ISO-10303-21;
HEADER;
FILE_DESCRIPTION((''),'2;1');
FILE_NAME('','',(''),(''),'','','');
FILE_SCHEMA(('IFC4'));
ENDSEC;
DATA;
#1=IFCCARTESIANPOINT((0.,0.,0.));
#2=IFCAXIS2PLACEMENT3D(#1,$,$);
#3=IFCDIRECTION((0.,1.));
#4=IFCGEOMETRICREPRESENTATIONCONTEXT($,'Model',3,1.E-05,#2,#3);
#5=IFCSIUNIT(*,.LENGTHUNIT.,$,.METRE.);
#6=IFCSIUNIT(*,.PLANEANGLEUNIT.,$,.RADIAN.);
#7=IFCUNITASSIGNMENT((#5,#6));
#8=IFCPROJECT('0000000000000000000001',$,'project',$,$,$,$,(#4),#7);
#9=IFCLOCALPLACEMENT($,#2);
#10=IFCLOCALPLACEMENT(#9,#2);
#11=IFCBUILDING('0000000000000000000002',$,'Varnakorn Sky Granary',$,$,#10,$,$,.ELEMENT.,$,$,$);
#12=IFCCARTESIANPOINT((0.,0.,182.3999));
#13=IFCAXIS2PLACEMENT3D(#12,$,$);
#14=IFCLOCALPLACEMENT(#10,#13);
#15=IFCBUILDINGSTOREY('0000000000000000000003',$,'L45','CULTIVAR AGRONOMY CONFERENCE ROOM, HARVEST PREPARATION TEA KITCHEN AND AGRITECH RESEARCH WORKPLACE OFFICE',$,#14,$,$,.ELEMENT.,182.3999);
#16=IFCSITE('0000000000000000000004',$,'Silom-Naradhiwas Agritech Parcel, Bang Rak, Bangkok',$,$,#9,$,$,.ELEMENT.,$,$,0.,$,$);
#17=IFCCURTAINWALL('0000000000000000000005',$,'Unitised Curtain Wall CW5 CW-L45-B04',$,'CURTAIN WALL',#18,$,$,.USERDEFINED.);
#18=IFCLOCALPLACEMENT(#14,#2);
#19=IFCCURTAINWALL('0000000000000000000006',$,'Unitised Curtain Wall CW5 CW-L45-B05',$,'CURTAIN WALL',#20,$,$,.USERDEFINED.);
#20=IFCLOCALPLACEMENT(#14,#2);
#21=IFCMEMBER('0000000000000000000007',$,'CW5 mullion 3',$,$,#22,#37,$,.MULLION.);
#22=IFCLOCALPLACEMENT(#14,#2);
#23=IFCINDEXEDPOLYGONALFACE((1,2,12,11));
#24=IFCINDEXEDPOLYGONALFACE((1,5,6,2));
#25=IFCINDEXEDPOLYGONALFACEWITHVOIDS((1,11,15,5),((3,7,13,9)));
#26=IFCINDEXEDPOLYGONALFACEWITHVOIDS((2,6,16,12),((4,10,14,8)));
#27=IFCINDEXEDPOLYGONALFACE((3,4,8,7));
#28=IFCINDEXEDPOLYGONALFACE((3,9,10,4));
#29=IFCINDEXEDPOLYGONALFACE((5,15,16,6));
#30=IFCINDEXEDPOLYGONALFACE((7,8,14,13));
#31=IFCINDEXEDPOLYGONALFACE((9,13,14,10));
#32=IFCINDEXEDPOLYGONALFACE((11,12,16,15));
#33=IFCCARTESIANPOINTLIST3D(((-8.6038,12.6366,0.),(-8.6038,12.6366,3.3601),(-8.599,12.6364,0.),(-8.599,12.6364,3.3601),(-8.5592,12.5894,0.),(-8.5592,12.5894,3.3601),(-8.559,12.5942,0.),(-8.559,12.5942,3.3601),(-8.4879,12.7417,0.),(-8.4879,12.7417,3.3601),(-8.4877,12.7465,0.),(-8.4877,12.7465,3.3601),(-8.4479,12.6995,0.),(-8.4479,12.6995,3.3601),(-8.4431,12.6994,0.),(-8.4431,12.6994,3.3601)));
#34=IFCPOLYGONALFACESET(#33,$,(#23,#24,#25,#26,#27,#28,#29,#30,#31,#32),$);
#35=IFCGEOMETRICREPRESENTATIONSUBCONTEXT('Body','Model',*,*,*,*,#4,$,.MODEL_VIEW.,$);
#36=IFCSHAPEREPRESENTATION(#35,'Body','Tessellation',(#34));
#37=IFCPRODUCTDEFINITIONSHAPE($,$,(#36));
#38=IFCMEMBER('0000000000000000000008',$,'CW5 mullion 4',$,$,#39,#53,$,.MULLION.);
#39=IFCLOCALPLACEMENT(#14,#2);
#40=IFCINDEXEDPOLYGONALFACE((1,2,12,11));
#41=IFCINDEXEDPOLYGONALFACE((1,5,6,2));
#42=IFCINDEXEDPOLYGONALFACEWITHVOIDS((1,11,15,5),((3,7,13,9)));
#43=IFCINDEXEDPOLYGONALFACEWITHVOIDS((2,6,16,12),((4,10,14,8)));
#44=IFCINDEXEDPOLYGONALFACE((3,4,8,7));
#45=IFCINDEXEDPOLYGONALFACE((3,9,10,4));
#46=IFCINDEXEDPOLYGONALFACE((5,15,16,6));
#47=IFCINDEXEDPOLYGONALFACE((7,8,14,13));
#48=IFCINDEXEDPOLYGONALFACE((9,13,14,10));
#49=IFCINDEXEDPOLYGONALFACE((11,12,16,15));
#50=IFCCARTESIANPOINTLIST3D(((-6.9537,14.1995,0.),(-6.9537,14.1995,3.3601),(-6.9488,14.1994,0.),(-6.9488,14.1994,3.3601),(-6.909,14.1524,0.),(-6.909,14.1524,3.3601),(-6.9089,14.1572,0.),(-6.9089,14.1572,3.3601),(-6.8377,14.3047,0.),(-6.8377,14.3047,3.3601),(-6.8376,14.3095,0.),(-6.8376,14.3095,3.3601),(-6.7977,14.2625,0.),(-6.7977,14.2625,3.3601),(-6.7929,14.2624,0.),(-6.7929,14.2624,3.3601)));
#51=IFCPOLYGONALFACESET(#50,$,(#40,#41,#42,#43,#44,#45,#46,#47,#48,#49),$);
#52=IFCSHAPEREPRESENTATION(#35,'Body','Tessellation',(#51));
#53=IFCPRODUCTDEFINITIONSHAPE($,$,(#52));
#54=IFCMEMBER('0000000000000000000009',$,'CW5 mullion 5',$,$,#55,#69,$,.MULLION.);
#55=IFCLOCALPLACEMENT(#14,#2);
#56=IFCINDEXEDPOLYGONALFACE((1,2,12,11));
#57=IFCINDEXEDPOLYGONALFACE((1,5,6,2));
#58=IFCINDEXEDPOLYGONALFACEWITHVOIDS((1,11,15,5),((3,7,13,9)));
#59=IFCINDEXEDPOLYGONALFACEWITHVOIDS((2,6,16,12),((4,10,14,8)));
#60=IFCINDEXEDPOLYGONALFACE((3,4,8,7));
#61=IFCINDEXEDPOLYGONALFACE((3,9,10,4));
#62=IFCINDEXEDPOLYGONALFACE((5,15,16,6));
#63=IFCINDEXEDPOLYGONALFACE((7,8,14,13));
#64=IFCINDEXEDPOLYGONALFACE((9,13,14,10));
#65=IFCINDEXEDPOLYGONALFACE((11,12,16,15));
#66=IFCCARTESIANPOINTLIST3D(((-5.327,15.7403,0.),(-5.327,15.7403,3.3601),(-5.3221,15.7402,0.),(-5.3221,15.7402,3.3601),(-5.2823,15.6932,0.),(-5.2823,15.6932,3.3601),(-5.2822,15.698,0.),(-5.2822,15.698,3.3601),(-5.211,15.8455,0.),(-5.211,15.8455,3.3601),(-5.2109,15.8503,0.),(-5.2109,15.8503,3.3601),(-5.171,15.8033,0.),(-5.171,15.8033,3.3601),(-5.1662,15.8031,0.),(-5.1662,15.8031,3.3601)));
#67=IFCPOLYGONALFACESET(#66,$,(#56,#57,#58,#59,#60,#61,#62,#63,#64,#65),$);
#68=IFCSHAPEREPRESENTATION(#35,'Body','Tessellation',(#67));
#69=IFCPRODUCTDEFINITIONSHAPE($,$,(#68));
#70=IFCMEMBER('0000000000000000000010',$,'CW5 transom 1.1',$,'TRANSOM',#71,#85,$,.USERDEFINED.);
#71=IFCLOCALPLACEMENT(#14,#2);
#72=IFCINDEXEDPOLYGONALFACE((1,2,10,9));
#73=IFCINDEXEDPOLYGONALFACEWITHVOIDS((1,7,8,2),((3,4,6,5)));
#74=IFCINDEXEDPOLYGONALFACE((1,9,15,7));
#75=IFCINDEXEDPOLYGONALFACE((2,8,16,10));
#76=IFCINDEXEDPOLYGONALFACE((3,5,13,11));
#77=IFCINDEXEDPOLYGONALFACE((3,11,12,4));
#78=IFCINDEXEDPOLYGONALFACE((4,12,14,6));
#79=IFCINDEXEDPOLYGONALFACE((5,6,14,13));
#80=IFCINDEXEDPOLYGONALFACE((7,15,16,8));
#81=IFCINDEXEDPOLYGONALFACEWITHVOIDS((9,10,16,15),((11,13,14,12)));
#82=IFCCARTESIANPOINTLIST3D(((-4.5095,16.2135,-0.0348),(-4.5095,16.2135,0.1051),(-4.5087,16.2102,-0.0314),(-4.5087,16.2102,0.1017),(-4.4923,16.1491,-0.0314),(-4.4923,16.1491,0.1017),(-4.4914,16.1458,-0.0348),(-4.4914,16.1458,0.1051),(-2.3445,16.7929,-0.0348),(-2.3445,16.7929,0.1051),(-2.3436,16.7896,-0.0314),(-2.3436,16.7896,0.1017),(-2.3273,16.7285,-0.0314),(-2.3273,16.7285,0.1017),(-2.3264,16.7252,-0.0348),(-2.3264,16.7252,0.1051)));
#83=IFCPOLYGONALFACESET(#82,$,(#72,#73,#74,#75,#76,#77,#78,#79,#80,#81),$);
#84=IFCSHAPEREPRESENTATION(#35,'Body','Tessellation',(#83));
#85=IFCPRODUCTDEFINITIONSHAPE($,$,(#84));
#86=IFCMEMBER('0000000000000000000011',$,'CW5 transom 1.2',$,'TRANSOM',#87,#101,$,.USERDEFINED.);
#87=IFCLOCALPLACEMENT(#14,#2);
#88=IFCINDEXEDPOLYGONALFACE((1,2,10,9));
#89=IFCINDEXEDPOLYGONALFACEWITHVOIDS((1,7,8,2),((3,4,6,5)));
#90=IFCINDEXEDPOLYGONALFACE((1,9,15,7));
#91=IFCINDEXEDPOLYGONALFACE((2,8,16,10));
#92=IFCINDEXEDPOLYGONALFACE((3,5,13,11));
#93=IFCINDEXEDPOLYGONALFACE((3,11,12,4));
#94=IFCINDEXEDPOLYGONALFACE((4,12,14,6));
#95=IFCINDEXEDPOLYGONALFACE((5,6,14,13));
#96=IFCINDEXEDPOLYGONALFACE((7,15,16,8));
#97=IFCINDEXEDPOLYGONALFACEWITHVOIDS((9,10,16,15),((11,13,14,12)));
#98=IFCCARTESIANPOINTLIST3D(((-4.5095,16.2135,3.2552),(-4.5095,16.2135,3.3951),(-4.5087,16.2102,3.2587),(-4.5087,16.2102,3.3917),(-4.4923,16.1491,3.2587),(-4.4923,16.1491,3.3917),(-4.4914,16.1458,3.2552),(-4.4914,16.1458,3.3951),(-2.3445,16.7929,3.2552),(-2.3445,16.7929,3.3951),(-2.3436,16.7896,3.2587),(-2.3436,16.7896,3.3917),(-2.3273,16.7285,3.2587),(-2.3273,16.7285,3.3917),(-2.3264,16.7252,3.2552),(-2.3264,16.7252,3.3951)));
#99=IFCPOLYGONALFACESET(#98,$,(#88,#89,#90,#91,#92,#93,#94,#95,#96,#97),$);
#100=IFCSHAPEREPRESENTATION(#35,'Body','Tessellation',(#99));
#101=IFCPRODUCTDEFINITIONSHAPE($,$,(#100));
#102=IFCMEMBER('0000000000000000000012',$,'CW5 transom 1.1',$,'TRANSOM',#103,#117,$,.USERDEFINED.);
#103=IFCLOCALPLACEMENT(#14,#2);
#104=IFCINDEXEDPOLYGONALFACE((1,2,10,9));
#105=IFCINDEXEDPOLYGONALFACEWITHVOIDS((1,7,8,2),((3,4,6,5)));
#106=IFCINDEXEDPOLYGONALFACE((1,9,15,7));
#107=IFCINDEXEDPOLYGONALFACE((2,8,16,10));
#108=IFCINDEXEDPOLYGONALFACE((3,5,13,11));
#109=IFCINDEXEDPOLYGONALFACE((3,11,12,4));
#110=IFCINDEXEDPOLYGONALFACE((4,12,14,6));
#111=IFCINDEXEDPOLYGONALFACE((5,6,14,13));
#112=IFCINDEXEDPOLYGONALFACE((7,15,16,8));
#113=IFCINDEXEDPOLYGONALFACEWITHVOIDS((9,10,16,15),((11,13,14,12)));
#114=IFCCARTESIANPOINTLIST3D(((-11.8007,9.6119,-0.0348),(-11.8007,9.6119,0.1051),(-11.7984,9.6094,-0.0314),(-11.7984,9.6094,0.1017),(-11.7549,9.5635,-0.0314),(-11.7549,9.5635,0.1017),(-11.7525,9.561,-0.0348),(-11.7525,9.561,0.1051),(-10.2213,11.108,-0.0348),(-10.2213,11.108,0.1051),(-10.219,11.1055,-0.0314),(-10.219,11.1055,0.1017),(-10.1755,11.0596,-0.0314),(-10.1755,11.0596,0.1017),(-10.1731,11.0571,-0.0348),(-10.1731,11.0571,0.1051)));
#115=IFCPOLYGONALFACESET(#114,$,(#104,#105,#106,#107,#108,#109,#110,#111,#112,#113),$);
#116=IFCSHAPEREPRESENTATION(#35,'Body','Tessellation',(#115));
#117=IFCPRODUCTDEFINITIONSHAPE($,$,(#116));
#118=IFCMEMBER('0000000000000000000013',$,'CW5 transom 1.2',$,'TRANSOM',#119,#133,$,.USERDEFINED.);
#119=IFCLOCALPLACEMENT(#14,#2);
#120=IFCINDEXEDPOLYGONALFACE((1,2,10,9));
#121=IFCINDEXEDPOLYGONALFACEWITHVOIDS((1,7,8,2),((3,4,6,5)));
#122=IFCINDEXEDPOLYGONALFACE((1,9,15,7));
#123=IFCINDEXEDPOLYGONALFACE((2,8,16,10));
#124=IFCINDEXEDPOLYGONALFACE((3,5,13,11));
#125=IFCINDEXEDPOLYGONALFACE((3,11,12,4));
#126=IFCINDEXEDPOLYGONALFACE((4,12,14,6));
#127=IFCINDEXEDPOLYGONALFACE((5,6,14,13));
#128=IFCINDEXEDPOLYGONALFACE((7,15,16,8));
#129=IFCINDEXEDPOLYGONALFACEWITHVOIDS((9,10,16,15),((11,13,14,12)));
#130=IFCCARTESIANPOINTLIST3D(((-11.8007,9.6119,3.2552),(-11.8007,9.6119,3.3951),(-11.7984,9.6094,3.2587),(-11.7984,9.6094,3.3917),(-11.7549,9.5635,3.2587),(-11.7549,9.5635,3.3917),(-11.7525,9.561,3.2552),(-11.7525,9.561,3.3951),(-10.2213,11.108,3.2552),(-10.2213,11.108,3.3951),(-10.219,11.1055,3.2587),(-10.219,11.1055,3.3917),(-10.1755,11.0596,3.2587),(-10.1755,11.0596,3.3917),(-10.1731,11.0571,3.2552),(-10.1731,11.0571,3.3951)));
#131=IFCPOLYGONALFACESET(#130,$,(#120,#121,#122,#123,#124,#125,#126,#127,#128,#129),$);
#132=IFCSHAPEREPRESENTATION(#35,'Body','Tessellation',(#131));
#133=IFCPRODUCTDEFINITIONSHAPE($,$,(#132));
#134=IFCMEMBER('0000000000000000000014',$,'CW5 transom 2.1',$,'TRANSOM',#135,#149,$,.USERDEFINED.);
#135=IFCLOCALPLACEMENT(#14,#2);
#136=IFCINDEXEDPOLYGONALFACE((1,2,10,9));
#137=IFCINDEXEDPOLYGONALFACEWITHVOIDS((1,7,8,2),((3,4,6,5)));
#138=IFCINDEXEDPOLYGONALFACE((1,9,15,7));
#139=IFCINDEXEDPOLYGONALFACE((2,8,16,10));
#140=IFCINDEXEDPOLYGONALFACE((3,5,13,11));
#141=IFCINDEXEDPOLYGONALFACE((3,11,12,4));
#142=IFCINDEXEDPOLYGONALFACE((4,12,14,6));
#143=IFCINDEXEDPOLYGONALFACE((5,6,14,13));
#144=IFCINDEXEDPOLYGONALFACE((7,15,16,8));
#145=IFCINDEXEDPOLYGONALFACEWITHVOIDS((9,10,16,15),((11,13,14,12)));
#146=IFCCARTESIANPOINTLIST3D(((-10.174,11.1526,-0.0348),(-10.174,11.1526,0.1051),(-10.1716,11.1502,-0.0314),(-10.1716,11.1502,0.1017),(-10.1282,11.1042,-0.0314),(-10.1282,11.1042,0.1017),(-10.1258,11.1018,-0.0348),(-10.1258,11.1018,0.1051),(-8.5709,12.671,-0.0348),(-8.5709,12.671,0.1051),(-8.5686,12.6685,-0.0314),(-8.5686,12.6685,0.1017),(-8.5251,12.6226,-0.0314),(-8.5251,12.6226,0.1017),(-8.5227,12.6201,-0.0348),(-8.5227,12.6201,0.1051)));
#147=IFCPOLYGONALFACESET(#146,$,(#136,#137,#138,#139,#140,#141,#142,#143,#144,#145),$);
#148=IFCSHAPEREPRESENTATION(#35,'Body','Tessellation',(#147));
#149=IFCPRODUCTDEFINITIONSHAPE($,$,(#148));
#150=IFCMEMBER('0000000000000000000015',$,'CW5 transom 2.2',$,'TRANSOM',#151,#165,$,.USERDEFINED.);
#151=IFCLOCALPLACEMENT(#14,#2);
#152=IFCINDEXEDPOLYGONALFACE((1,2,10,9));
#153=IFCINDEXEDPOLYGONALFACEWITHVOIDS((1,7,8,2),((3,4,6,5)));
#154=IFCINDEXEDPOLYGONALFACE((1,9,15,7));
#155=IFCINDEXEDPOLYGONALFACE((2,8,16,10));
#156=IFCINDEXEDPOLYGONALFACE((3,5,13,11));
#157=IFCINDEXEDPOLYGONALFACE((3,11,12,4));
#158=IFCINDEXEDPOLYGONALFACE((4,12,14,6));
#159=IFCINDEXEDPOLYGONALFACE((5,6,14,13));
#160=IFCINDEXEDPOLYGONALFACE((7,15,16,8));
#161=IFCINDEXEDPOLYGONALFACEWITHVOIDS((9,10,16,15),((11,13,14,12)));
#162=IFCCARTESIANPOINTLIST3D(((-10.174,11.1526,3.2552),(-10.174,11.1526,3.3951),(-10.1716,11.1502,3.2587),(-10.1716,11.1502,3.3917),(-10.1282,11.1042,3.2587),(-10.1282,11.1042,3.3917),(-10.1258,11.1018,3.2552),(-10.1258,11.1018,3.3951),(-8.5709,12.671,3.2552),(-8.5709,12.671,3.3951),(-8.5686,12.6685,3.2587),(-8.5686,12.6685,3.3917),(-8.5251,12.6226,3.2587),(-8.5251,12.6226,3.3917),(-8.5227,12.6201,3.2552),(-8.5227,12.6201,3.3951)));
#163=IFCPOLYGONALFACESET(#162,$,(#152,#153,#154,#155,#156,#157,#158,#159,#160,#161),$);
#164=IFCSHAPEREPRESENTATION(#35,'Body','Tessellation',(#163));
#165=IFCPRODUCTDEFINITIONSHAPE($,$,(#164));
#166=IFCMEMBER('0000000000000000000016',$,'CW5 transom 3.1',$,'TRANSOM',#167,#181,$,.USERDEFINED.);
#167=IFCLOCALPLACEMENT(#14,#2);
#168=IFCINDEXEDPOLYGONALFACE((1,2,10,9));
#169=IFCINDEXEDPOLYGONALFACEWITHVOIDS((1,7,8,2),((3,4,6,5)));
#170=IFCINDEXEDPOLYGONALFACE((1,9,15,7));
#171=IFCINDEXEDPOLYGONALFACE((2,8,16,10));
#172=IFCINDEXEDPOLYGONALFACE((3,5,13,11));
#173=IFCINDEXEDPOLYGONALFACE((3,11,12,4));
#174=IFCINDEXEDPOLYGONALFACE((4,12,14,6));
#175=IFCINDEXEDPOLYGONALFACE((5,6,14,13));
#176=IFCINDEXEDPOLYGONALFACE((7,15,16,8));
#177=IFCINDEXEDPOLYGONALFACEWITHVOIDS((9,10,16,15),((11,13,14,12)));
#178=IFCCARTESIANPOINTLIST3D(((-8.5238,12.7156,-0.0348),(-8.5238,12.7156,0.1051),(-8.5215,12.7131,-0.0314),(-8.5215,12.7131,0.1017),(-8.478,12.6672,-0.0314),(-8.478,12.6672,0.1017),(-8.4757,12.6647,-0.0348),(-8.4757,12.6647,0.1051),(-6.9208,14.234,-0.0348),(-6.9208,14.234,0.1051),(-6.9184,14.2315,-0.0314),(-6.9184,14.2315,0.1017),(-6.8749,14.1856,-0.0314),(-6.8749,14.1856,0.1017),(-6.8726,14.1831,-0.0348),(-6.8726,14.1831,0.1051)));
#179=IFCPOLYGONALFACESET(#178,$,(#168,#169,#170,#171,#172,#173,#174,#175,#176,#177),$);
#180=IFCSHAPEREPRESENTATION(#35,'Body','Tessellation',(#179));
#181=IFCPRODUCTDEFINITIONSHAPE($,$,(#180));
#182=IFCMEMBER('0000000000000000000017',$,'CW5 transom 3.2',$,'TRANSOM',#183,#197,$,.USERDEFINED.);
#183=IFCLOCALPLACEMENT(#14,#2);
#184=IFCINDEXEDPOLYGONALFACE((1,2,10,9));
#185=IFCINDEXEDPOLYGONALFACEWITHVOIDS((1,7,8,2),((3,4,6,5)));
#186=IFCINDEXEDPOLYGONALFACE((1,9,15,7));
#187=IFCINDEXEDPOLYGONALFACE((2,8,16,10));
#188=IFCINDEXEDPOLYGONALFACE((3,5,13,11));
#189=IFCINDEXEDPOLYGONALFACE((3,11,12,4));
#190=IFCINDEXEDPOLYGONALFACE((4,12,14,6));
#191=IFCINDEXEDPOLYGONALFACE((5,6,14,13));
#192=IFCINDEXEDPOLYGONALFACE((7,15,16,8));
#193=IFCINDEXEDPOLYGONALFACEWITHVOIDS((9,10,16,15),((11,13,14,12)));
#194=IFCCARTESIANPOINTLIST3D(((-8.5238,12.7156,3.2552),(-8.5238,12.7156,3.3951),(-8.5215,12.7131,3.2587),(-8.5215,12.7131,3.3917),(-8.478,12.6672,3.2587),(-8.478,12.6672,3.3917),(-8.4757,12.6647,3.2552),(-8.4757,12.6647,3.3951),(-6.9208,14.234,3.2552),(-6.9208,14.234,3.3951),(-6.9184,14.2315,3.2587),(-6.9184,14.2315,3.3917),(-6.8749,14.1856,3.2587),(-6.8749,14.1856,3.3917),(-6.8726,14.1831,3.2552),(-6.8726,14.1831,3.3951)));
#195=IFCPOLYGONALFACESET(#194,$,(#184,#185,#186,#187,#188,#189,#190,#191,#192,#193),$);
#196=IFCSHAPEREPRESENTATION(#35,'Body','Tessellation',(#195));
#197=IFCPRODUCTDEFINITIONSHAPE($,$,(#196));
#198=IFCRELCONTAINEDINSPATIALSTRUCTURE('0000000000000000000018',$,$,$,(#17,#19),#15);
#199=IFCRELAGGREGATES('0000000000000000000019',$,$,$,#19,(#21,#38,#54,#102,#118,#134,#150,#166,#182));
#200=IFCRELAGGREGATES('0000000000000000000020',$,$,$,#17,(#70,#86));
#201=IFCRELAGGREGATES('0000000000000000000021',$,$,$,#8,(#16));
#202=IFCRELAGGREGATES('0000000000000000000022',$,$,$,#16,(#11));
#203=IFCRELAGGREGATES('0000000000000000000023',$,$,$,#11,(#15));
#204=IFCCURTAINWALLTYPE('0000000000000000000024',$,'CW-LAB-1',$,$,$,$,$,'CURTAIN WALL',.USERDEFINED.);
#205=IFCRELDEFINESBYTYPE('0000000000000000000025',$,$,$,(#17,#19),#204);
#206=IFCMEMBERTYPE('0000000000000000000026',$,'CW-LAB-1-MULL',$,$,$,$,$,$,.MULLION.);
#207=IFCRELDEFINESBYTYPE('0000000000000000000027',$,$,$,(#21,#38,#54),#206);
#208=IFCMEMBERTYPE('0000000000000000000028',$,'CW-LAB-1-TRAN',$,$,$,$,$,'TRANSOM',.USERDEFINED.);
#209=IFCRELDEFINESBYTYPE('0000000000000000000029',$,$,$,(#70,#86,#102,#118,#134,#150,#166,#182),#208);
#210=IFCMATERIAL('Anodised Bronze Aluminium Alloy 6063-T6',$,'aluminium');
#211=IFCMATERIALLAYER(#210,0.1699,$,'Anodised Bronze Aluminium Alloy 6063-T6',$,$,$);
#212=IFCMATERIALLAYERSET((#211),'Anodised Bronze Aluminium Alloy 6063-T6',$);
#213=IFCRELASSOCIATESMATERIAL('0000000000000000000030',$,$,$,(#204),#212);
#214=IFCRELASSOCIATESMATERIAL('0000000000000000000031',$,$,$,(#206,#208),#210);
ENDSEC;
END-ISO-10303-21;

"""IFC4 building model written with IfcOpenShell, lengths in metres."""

from ifc_helpers import new_model, si_unit, direction, frame, origin, origin_2d, place, context, subcontext, project, spatial, hollow_rectangle, extrude, material, layer, layer_set, material_profile, profile_set, type_object, element, aggregate, save


model = new_model("IFC4")

# Units and contexts
model_context = context("Model", 3, precision=1e-05, world=origin(), true_north=direction((0.0, 1.0)))
body_context = subcontext(model_context, "Body", "Model", "MODEL_VIEW")
ifc_project = project(units=[si_unit("LENGTHUNIT", "METRE"), si_unit("PLANEANGLEUNIT", "RADIAN")], contexts=[model_context])

# Site, building, storey
site_placement = place(None, origin())
site = spatial("IfcSite", under=ifc_project, at=site_placement, Name="Silom-Naradhiwas Agritech Parcel, Bang Rak, Bangkok", CompositionType="ELEMENT", RefElevation=0.0)
building_placement = place(site_placement, origin())
building = spatial("IfcBuilding", under=site, at=building_placement, Name="Varnakorn Sky Granary", CompositionType="ELEMENT")
storey_placement = place(building_placement, frame((0.0, 0.0, 182.3999)))
storey = spatial("IfcBuildingStorey", under=building, at=storey_placement, Name="L45", Description="CULTIVAR AGRONOMY CONFERENCE ROOM, HARVEST PREPARATION TEA KITCHEN AND AGRITECH RESEARCH WORKPLACE OFFICE", CompositionType="ELEMENT", Elevation=182.3999)

# Curtain wall
ifc_material_1 = material(Name="Anodised Bronze Aluminium Alloy 6063-T6", Category="aluminium")
ifc_layer_1 = layer(ifc_material_1, 0.1699, Name="Anodised Bronze Aluminium Alloy 6063-T6")
ifc_layer_set_1 = layer_set([ifc_layer_1], Name="Anodised Bronze Aluminium Alloy 6063-T6")
curtain_wall_type = type_object("IfcCurtainWallType", Name="CW-LAB-1", ElementType="CURTAIN WALL", PredefinedType="USERDEFINED", material=ifc_layer_set_1)
curtain_wall_1_placement = place(storey_placement, origin())
curtain_wall_1 = element("IfcCurtainWall", 1, at=curtain_wall_1_placement, inside=storey, type_object=curtain_wall_type, Name="Unitised Curtain Wall CW5 CW-L45-B04", ObjectType="CURTAIN WALL", PredefinedType="USERDEFINED")
ifc_material_profile_1 = material_profile(ifc_material_1, hollow_rectangle(XDim=0.0649, YDim=0.1599, WallThickness=0.0034, at=origin_2d()), Name="ALU MULL 65x160")
ifc_profile_set_1 = profile_set([ifc_material_profile_1], Name="Anodised Bronze Aluminium Alloy 6063-T6")
member_type_1 = type_object("IfcMemberType", Name="CW-LAB-1-MULL", PredefinedType="MULLION", material=ifc_profile_set_1)

# Curtain wall, members
curtain_wall_2_placement = place(storey_placement, origin())
curtain_wall_2 = element("IfcCurtainWall", 2, at=curtain_wall_2_placement, inside=storey, type_object=curtain_wall_type, Name="Unitised Curtain Wall CW5 CW-L45-B05", ObjectType="CURTAIN WALL", PredefinedType="USERDEFINED")
member_1_placement = place(storey_placement, frame((-8.5234, 12.668, 0.0), z_axis=(0.0, 0.0, 1.0), x_axis=(-0.687692, 0.726002, 0.0)))
member_1 = element("IfcMember", 3, at=member_1_placement, type_object=member_type_1, Name="CW5 mullion 3", PredefinedType="MULLION", context=body_context, shape_type="SweptSolid", body=[
    extrude(hollow_rectangle(XDim=0.0649, YDim=0.1599, WallThickness=0.0034, at=origin_2d()), origin(), (0.0, 0.0, 1.0), 3.3601),
])
member_2_placement = place(storey_placement, frame((-6.8733, 14.231, 0.0), z_axis=(0.0, 0.0, 1.0), x_axis=(-0.687692, 0.726002, 0.0)))
member_2 = element("IfcMember", 4, at=member_2_placement, type_object=member_type_1, Name="CW5 mullion 4", PredefinedType="MULLION", context=body_context, shape_type="SweptSolid", body=[
    extrude(hollow_rectangle(XDim=0.0649, YDim=0.1599, WallThickness=0.0034, at=origin_2d()), origin(), (0.0, 0.0, 1.0), 3.3601),
])
member_3_placement = place(storey_placement, frame((-5.2466, 15.7717, 0.0), z_axis=(0.0, 0.0, 1.0), x_axis=(-0.687692, 0.726002, 0.0)))
member_3 = element("IfcMember", 5, at=member_3_placement, type_object=member_type_1, Name="CW5 mullion 5", PredefinedType="MULLION", context=body_context, shape_type="SweptSolid", body=[
    extrude(hollow_rectangle(XDim=0.0649, YDim=0.1599, WallThickness=0.0034, at=origin_2d()), origin(), (0.0, 0.0, 1.0), 3.3601),
])

# Members
ifc_material_profile_2 = material_profile(ifc_material_1, hollow_rectangle(XDim=0.0701, YDim=0.1399, WallThickness=0.0034, at=origin_2d()), Name="ALU TRAN 70x140")
ifc_profile_set_2 = profile_set([ifc_material_profile_2], Name="Anodised Bronze Aluminium Alloy 6063-T6")
member_type_2 = type_object("IfcMemberType", Name="CW-LAB-1-TRAN", ElementType="TRANSOM", PredefinedType="USERDEFINED", material=ifc_profile_set_2)
member_4_placement = place(storey_placement, frame((-4.5005, 16.1797, 0.0352), z_axis=(0.966012, 0.258496, 0.0), x_axis=(-0.258496, 0.966012, 0.0)))
member_4 = element("IfcMember", 6, at=member_4_placement, type_object=member_type_2, Name="CW5 transom 1.1", ObjectType="TRANSOM", PredefinedType="USERDEFINED", context=body_context, shape_type="SweptSolid", body=[
    extrude(hollow_rectangle(XDim=0.0701, YDim=0.1399, WallThickness=0.0034, at=origin_2d()), origin(), (0.0, 0.0, 1.0), 2.2412),
])
member_5_placement = place(storey_placement, frame((-4.5005, 16.1797, 3.3252), z_axis=(0.966012, 0.258496, 0.0), x_axis=(-0.258496, 0.966012, 0.0)))
member_5 = element("IfcMember", 7, at=member_5_placement, type_object=member_type_2, Name="CW5 transom 1.2", ObjectType="TRANSOM", PredefinedType="USERDEFINED", context=body_context, shape_type="SweptSolid", body=[
    extrude(hollow_rectangle(XDim=0.0701, YDim=0.1399, WallThickness=0.0034, at=origin_2d()), origin(), (0.0, 0.0, 1.0), 2.2412),
])
member_6_placement = place(storey_placement, frame((-11.7766, 9.5864, 0.0352), z_axis=(0.725982, 0.687714, 0.0), x_axis=(-0.687714, 0.725982, 0.0)))
member_6 = element("IfcMember", 8, at=member_6_placement, type_object=member_type_2, Name="CW5 transom 1.1", ObjectType="TRANSOM", PredefinedType="USERDEFINED", context=body_context, shape_type="SweptSolid", body=[
    extrude(hollow_rectangle(XDim=0.0701, YDim=0.1399, WallThickness=0.0034, at=origin_2d()), origin(), (0.0, 0.0, 1.0), 2.1755),
])
member_7_placement = place(storey_placement, frame((-11.7766, 9.5864, 3.3252), z_axis=(0.725982, 0.687714, 0.0), x_axis=(-0.687714, 0.725982, 0.0)))
member_7 = element("IfcMember", 9, at=member_7_placement, type_object=member_type_2, Name="CW5 transom 1.2", ObjectType="TRANSOM", PredefinedType="USERDEFINED", context=body_context, shape_type="SweptSolid", body=[
    extrude(hollow_rectangle(XDim=0.0701, YDim=0.1399, WallThickness=0.0034, at=origin_2d()), origin(), (0.0, 0.0, 1.0), 2.1755),
])
member_8_placement = place(storey_placement, frame((-10.1499, 11.1272, 0.0352), z_axis=(0.726031, 0.687662, 0.0), x_axis=(-0.687662, 0.726031, 0.0)))
member_8 = element("IfcMember", 10, at=member_8_placement, type_object=member_type_2, Name="CW5 transom 2.1", ObjectType="TRANSOM", PredefinedType="USERDEFINED", context=body_context, shape_type="SweptSolid", body=[
    extrude(hollow_rectangle(XDim=0.0701, YDim=0.1399, WallThickness=0.0034, at=origin_2d()), origin(), (0.0, 0.0, 1.0), 2.208),
])
member_9_placement = place(storey_placement, frame((-10.1499, 11.1272, 3.3252), z_axis=(0.726031, 0.687662, 0.0), x_axis=(-0.687662, 0.726031, 0.0)))
member_9 = element("IfcMember", 11, at=member_9_placement, type_object=member_type_2, Name="CW5 transom 2.2", ObjectType="TRANSOM", PredefinedType="USERDEFINED", context=body_context, shape_type="SweptSolid", body=[
    extrude(hollow_rectangle(XDim=0.0701, YDim=0.1399, WallThickness=0.0034, at=origin_2d()), origin(), (0.0, 0.0, 1.0), 2.208),
])
member_10_placement = place(storey_placement, frame((-8.4998, 12.6902, 0.0352), z_axis=(0.726031, 0.687662, 0.0), x_axis=(-0.687662, 0.726031, 0.0)))
member_10 = element("IfcMember", 12, at=member_10_placement, type_object=member_type_2, Name="CW5 transom 3.1", ObjectType="TRANSOM", PredefinedType="USERDEFINED", context=body_context, shape_type="SweptSolid", body=[
    extrude(hollow_rectangle(XDim=0.0701, YDim=0.1399, WallThickness=0.0034, at=origin_2d()), origin(), (0.0, 0.0, 1.0), 2.208),
])
member_11_placement = place(storey_placement, frame((-8.4998, 12.6902, 3.3252), z_axis=(0.726031, 0.687662, 0.0), x_axis=(-0.687662, 0.726031, 0.0)))
member_11 = element("IfcMember", 13, at=member_11_placement, type_object=member_type_2, Name="CW5 transom 3.2", ObjectType="TRANSOM", PredefinedType="USERDEFINED", context=body_context, shape_type="SweptSolid", body=[
    extrude(hollow_rectangle(XDim=0.0701, YDim=0.1399, WallThickness=0.0034, at=origin_2d()), origin(), (0.0, 0.0, 1.0), 2.208),
])

aggregate(curtain_wall_2, [member_1, member_2, member_3, member_6, member_7, member_8, member_9, member_10, member_11])
aggregate(curtain_wall_1, [member_4, member_5])

save(model, "model.ifc")
